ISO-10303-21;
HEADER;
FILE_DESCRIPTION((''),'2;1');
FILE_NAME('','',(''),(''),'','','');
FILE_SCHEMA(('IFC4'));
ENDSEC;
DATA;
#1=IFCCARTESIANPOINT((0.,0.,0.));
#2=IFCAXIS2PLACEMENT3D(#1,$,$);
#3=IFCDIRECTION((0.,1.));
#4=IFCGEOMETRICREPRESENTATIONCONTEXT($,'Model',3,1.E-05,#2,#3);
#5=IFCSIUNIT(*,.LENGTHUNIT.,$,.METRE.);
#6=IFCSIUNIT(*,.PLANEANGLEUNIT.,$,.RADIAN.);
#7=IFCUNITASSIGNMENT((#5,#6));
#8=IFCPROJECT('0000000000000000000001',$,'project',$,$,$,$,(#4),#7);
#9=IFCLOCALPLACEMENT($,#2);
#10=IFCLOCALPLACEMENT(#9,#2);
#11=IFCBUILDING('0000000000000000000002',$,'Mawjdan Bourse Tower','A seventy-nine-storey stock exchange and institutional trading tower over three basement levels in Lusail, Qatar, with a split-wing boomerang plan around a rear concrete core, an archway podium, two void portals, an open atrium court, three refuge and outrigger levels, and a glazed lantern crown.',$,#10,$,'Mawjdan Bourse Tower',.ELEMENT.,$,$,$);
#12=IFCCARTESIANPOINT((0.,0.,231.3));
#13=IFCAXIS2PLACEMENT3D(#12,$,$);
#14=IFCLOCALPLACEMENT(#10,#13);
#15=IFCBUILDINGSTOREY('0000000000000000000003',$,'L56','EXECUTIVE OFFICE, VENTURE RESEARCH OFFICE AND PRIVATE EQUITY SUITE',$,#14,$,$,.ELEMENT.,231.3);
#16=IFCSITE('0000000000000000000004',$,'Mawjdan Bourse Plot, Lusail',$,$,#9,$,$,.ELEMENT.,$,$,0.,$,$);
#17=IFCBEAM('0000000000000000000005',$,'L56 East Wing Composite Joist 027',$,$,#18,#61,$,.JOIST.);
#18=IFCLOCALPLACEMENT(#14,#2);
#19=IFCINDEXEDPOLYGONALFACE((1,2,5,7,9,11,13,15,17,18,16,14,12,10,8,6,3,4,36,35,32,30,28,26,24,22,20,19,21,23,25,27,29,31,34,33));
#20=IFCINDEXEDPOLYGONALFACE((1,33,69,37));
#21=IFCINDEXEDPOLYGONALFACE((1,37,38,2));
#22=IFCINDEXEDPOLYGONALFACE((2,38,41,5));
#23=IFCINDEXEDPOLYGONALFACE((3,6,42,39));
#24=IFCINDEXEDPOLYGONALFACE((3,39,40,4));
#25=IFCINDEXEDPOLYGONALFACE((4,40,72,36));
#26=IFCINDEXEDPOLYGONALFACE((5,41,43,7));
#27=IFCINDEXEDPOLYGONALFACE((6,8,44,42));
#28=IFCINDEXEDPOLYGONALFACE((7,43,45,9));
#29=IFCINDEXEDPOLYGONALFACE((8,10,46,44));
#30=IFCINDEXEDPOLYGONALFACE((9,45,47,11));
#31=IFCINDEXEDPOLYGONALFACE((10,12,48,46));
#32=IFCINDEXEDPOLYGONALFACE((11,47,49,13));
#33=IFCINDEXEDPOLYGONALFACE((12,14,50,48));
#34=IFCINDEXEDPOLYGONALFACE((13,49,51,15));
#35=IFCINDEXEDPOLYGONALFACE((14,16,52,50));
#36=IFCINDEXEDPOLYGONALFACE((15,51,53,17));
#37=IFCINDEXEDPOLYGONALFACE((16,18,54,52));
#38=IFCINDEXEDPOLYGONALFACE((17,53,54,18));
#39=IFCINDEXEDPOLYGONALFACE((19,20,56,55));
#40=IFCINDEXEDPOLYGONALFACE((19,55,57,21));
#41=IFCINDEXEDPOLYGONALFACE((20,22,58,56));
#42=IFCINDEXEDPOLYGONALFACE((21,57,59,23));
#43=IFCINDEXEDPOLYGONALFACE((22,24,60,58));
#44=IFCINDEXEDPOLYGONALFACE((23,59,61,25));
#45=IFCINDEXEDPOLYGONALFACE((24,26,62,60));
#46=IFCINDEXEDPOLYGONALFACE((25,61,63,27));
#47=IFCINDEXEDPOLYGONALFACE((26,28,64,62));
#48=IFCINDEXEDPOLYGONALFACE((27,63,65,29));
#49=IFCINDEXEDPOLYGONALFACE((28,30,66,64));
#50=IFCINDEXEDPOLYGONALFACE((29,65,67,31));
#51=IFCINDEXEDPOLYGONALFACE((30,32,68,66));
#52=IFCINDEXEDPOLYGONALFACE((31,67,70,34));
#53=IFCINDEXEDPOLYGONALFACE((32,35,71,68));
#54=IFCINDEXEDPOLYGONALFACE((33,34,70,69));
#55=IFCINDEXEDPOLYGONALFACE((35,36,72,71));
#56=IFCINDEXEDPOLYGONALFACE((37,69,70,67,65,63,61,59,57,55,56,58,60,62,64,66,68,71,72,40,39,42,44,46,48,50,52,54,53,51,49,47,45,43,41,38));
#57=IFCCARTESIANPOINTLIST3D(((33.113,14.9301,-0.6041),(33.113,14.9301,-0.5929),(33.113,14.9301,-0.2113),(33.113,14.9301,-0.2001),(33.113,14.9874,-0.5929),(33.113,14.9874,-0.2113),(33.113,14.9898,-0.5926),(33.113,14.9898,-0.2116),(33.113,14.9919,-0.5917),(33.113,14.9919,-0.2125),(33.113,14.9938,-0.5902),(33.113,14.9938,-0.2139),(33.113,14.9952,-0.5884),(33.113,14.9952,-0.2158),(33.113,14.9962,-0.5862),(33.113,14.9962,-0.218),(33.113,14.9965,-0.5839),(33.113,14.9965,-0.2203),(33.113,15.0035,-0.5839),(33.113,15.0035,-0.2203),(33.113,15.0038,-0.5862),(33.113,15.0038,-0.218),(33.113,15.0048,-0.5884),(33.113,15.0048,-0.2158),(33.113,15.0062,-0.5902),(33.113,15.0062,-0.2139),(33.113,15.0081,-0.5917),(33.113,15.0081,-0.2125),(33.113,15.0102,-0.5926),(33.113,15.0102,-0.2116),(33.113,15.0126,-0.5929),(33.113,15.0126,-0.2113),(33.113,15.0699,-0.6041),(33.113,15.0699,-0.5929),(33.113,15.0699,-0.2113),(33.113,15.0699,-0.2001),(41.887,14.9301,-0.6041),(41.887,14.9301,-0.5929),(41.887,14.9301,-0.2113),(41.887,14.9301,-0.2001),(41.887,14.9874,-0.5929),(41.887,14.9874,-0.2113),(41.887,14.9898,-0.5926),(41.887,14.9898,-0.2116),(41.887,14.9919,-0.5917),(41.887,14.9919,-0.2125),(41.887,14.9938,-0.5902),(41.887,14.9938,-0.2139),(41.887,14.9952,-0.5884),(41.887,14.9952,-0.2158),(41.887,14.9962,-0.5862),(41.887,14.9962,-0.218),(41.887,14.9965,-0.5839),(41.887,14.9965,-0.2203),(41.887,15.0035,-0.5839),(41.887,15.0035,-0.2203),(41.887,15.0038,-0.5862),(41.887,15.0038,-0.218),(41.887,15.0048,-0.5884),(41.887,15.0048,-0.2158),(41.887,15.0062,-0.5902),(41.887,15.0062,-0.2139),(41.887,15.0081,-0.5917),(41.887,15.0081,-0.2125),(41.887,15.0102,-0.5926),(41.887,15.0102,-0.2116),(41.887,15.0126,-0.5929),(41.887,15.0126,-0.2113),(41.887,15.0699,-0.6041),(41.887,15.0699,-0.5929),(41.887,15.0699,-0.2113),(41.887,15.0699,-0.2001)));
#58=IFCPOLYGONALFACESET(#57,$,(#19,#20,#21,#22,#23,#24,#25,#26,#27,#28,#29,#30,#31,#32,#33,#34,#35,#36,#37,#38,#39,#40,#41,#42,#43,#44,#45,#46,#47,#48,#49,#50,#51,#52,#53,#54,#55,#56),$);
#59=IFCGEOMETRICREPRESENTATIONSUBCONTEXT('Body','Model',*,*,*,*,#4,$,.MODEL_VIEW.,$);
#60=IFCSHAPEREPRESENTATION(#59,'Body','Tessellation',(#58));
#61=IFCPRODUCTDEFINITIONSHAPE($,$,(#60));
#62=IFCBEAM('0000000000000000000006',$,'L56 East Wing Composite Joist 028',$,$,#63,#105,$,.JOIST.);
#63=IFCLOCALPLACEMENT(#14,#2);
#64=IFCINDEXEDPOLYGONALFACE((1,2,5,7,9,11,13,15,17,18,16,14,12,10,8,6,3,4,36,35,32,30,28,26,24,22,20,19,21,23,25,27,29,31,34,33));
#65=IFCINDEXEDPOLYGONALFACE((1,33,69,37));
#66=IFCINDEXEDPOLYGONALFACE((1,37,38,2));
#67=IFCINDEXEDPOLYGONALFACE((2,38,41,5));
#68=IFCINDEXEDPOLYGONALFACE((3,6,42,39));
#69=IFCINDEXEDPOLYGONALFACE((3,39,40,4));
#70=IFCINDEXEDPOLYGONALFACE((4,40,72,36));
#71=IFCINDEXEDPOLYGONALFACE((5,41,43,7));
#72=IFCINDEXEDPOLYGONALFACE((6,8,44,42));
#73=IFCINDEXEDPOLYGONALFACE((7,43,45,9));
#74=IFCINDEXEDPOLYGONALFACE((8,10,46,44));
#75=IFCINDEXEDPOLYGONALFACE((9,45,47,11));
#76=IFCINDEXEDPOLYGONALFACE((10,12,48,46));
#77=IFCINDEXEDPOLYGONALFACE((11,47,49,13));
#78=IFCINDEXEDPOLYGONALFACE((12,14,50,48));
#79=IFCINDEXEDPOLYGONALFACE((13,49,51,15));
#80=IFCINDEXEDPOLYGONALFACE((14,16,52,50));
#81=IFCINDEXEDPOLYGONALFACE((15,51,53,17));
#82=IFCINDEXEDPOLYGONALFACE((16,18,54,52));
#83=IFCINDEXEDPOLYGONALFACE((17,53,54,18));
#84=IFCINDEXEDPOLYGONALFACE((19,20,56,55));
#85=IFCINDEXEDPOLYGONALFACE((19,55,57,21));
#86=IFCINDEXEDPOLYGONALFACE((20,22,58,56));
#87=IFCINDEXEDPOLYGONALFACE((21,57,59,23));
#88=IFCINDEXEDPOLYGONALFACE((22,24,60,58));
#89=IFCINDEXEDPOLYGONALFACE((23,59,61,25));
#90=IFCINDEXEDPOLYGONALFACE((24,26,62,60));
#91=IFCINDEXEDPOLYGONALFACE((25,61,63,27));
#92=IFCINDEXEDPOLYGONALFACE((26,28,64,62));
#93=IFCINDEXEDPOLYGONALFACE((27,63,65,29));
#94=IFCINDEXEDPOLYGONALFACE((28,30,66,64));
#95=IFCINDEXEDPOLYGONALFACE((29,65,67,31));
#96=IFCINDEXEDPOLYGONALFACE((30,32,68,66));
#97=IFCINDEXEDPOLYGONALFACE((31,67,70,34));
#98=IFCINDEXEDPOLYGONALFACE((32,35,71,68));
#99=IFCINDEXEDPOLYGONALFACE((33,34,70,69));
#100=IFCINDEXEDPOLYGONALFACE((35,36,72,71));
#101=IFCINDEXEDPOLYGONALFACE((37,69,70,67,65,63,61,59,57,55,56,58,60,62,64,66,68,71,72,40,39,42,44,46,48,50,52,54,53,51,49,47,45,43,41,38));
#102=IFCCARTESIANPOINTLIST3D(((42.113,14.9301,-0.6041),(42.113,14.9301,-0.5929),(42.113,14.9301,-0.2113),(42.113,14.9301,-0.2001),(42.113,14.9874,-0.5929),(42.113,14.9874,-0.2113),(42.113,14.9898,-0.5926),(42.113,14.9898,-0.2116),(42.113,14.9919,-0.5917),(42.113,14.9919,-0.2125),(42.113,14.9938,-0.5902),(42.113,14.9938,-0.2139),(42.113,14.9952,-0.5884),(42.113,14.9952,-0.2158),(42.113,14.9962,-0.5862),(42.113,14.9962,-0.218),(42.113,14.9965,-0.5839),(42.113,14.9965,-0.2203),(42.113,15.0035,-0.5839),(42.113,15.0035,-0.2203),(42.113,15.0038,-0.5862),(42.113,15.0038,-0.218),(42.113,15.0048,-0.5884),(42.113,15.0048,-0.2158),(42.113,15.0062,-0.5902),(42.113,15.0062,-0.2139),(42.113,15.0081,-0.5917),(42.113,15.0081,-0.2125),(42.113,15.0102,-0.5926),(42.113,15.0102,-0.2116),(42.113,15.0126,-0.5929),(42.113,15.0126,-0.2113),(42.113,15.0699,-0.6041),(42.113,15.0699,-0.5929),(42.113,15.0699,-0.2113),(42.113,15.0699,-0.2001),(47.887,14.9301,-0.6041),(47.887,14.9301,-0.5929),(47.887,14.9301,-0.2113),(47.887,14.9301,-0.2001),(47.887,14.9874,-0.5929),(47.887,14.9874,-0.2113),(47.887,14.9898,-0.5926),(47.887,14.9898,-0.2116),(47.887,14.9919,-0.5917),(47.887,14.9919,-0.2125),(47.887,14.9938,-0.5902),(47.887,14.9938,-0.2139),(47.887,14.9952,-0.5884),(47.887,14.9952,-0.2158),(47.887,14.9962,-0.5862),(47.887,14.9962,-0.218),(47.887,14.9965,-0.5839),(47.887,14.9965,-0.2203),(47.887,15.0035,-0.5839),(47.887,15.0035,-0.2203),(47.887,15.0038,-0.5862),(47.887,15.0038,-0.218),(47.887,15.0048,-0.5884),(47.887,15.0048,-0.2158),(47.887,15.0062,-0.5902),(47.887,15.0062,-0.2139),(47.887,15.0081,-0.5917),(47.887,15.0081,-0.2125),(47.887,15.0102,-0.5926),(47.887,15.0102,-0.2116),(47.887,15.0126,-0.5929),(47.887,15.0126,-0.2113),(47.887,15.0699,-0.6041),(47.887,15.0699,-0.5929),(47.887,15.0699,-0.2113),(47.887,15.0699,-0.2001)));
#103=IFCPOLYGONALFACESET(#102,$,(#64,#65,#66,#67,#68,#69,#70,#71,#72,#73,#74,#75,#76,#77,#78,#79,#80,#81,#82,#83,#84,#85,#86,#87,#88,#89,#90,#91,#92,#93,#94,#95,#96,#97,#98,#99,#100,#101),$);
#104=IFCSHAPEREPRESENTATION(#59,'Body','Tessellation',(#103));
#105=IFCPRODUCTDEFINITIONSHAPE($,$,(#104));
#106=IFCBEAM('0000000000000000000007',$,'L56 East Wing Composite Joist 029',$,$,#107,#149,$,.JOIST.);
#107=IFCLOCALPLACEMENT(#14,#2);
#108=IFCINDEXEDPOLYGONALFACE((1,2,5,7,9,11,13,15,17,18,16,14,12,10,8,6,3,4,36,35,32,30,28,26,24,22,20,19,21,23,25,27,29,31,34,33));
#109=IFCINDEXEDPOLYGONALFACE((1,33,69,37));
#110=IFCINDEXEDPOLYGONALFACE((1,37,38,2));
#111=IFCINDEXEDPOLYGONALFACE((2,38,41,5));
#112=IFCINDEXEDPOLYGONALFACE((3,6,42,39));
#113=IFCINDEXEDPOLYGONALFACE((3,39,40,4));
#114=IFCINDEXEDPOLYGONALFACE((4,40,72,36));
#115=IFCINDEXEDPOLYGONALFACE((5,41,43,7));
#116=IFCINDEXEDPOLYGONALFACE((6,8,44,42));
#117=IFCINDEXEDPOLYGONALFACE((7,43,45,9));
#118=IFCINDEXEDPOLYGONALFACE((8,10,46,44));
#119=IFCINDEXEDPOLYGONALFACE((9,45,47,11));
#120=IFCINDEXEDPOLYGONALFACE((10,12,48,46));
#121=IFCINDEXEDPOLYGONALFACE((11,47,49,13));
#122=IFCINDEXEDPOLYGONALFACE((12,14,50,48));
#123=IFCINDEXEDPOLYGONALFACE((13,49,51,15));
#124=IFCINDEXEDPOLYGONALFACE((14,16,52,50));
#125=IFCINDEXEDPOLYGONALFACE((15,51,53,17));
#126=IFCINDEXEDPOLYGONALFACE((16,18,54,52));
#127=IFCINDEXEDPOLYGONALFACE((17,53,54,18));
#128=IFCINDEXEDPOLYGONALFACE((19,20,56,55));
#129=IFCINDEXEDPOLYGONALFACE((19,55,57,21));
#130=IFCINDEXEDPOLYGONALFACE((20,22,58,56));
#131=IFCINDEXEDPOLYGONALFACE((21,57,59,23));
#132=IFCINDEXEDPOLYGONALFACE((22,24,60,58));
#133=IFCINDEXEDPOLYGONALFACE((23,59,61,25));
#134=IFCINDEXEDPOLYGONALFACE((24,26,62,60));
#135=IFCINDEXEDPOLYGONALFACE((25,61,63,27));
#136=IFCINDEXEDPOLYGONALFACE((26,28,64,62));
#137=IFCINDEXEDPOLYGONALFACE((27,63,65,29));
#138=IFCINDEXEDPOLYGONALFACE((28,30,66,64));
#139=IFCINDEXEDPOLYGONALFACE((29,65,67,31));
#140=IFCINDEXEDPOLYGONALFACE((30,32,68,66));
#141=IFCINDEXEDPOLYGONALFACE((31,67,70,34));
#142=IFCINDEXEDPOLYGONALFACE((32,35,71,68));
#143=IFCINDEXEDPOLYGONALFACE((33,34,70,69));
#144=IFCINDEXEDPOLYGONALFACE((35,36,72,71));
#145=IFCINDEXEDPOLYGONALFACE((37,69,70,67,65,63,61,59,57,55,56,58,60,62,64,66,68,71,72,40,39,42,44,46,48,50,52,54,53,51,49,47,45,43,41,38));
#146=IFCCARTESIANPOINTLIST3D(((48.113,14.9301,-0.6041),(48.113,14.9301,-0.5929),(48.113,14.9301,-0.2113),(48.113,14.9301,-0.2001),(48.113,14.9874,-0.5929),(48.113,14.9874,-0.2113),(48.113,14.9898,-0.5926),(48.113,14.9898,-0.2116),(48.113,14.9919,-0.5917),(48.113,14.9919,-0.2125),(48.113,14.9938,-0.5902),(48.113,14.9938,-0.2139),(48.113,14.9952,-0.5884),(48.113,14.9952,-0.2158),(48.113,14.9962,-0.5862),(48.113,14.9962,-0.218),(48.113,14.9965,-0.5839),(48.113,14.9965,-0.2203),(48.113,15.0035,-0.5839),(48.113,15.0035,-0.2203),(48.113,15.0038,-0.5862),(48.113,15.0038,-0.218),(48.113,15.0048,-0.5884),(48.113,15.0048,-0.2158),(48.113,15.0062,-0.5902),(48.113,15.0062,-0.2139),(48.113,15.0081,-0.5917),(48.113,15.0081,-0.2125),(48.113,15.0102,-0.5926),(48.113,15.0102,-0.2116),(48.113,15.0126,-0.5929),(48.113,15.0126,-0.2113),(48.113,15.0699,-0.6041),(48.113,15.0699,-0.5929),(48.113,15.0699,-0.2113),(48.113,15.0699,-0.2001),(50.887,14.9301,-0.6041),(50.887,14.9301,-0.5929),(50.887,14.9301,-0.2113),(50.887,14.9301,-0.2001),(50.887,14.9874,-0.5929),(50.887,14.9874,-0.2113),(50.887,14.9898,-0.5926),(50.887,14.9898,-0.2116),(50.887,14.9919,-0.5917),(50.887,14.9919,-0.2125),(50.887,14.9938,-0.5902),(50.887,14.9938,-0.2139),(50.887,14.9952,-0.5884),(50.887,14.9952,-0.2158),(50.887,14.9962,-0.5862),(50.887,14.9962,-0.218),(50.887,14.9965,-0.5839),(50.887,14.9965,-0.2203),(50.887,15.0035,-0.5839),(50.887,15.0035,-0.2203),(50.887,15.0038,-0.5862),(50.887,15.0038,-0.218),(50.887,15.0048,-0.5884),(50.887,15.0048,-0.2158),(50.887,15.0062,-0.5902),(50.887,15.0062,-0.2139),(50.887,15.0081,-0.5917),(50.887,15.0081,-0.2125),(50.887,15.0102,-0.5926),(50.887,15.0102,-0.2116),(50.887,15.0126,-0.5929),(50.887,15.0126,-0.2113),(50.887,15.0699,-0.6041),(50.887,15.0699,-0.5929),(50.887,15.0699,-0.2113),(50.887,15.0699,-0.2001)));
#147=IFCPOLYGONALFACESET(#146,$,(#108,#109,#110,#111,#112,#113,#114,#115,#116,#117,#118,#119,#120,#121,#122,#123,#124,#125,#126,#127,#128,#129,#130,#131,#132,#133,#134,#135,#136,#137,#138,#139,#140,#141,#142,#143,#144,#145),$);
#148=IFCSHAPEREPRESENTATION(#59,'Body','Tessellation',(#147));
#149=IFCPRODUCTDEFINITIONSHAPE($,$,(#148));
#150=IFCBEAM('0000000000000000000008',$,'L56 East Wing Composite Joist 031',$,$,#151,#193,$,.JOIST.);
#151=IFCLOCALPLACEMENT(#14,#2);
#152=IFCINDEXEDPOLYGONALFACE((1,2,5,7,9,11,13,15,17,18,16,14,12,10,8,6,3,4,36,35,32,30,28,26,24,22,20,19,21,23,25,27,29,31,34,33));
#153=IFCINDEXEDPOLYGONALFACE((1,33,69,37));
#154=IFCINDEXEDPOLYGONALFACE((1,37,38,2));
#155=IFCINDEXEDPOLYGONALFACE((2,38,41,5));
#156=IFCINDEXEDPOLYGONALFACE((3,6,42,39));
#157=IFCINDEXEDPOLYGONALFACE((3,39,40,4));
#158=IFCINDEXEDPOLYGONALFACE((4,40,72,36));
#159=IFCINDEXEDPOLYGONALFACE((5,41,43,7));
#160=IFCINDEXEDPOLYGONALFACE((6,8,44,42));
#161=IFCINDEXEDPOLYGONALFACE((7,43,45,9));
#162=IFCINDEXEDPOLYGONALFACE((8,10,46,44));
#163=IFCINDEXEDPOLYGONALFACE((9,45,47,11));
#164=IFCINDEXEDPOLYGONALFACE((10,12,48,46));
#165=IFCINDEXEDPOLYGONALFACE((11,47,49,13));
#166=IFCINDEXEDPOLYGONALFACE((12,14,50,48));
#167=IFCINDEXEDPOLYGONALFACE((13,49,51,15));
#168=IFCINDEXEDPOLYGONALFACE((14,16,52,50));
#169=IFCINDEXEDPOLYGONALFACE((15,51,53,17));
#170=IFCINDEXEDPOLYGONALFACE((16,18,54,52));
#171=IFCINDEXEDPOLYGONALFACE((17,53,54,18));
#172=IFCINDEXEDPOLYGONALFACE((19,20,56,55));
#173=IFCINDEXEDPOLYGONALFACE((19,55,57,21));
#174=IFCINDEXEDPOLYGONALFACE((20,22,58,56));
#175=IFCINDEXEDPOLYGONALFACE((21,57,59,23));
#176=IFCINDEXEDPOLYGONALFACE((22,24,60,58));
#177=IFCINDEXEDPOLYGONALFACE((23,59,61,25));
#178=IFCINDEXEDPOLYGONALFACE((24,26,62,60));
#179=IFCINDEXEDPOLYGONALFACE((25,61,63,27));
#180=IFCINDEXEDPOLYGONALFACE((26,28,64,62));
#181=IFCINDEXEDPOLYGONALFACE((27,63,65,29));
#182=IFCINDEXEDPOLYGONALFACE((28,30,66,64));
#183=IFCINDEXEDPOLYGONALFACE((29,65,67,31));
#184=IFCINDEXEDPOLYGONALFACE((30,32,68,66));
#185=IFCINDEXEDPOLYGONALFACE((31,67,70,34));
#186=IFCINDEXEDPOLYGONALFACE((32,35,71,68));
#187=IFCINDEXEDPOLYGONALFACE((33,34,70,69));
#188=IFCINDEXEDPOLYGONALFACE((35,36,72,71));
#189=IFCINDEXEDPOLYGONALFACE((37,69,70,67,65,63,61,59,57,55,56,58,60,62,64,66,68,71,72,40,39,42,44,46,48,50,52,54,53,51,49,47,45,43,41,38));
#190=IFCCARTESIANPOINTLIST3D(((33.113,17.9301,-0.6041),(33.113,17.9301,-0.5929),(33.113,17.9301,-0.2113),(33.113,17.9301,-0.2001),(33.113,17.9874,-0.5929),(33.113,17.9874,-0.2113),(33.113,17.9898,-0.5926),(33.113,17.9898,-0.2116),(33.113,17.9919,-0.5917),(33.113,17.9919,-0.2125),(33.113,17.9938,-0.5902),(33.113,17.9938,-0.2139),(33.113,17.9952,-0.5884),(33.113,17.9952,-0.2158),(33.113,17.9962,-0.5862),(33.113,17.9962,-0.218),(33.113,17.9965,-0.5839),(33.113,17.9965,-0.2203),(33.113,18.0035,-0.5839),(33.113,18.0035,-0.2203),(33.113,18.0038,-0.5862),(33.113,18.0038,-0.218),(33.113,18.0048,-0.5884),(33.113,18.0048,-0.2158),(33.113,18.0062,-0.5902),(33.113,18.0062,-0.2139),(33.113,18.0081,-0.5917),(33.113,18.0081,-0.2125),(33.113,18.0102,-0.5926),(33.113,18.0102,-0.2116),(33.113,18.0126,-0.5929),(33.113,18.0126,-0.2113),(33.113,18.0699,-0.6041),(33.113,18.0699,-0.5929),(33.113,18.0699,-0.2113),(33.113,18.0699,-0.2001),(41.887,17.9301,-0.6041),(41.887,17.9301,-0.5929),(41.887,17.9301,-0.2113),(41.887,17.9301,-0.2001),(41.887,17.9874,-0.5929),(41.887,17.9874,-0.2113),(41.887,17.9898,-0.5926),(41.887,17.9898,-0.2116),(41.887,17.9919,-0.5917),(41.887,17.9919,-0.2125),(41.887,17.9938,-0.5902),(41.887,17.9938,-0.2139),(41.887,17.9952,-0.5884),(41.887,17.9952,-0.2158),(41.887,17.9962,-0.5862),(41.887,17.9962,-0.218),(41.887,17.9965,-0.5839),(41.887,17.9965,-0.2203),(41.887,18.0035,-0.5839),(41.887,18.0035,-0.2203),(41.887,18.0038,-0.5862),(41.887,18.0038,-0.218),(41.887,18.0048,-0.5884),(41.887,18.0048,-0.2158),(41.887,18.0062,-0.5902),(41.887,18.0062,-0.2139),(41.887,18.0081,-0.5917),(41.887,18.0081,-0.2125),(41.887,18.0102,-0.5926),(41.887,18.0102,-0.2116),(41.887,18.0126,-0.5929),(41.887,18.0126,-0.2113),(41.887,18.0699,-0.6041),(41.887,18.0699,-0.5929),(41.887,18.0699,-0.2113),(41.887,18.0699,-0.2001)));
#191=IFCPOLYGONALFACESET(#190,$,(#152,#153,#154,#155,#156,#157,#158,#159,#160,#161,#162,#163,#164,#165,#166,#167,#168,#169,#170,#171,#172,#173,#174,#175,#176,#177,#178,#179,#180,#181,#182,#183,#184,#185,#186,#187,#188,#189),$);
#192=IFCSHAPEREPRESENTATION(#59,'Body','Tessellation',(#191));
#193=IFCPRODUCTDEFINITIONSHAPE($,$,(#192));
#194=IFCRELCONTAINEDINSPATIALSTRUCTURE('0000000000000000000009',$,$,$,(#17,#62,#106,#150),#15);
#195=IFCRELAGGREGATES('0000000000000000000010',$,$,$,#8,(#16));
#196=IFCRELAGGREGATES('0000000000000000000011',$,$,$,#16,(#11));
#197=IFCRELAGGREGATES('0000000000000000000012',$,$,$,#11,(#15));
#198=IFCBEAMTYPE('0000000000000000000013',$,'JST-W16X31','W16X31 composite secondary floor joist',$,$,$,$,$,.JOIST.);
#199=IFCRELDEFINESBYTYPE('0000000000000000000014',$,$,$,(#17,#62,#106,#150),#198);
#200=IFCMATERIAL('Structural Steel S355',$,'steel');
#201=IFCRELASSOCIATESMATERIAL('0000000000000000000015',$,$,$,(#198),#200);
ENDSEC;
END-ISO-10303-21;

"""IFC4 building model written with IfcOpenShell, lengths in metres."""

from ifc_helpers import new_model, si_unit, direction, frame, origin, origin_2d, place, context, subcontext, project, spatial, i_section, extrude, material, material_profile, profile_set, type_object, element, save


model = new_model("IFC4")

# Units and contexts
model_context = context("Model", 3, precision=1e-05, world=origin(), true_north=direction((0.0, 1.0)))
body_context = subcontext(model_context, "Body", "Model", "MODEL_VIEW")
ifc_project = project(units=[si_unit("LENGTHUNIT", "METRE"), si_unit("PLANEANGLEUNIT", "RADIAN")], contexts=[model_context])

# Site, building, storey
site_placement = place(None, origin())
site = spatial("IfcSite", under=ifc_project, at=site_placement, Name="Mawjdan Bourse Plot, Lusail", CompositionType="ELEMENT", RefElevation=0.0)
building_placement = place(site_placement, origin())
building = spatial("IfcBuilding", under=site, at=building_placement, Name="Mawjdan Bourse Tower", Description="A seventy-nine-storey stock exchange and institutional trading tower over three basement levels in Lusail, Qatar, with a split-wing boomerang plan around a rear concrete core, an archway podium, two void portals, an open atrium court, three refuge and outrigger levels, and a glazed lantern crown.", LongName="Mawjdan Bourse Tower", CompositionType="ELEMENT")
storey_placement = place(building_placement, frame((0.0, 0.0, 231.3)))
storey = spatial("IfcBuildingStorey", under=building, at=storey_placement, Name="L56", Description="EXECUTIVE OFFICE, VENTURE RESEARCH OFFICE AND PRIVATE EQUITY SUITE", CompositionType="ELEMENT", Elevation=231.3)

# Beams
ifc_material_1 = material(Name="Structural Steel S355", Category="steel")
ifc_material_profile_1 = material_profile(ifc_material_1, i_section(OverallWidth=0.1399, OverallDepth=0.4041, WebThickness=0.0071, FlangeThickness=0.0112, FilletRadius=0.009, at=origin_2d()), Name="W16X31")
ifc_profile_set_1 = profile_set([ifc_material_profile_1], Name="Structural Steel S355")
beam_type_1 = type_object("IfcBeamType", Name="JST-W16X31", Description="W16X31 composite secondary floor joist", PredefinedType="JOIST", material=ifc_profile_set_1)
beam_1_placement = place(storey_placement, frame((33.113, 15.0, -0.4021), z_axis=(1.0, 0.0, 0.0), x_axis=(0.0, 1.0, 0.0)))
element("IfcBeam", 1, at=beam_1_placement, inside=storey, type_object=beam_type_1, Name="L56 East Wing Composite Joist 027", PredefinedType="JOIST", context=body_context, shape_type="SweptSolid", body=[
    extrude(i_section(OverallWidth=0.1399, OverallDepth=0.4041, WebThickness=0.0071, FlangeThickness=0.0112, FilletRadius=0.009, at=origin_2d()), origin(), (0.0, 0.0, 1.0), 8.7739),
])
beam_2_placement = place(storey_placement, frame((42.113, 15.0, -0.4021), z_axis=(1.0, 0.0, 0.0), x_axis=(0.0, 1.0, 0.0)))
element("IfcBeam", 2, at=beam_2_placement, inside=storey, type_object=beam_type_1, Name="L56 East Wing Composite Joist 028", PredefinedType="JOIST", context=body_context, shape_type="SweptSolid", body=[
    extrude(i_section(OverallWidth=0.1399, OverallDepth=0.4041, WebThickness=0.0071, FlangeThickness=0.0112, FilletRadius=0.009, at=origin_2d()), origin(), (0.0, 0.0, 1.0), 5.7739),
])
beam_3_placement = place(storey_placement, frame((48.113, 15.0, -0.4021), z_axis=(1.0, 0.0, 0.0), x_axis=(0.0, 1.0, 0.0)))
element("IfcBeam", 3, at=beam_3_placement, inside=storey, type_object=beam_type_1, Name="L56 East Wing Composite Joist 029", PredefinedType="JOIST", context=body_context, shape_type="SweptSolid", body=[
    extrude(i_section(OverallWidth=0.1399, OverallDepth=0.4041, WebThickness=0.0071, FlangeThickness=0.0112, FilletRadius=0.009, at=origin_2d()), origin(), (0.0, 0.0, 1.0), 2.7739),
])
beam_4_placement = place(storey_placement, frame((33.113, 18.0, -0.4021), z_axis=(1.0, 0.0, 0.0), x_axis=(0.0, 1.0, 0.0)))
element("IfcBeam", 4, at=beam_4_placement, inside=storey, type_object=beam_type_1, Name="L56 East Wing Composite Joist 031", PredefinedType="JOIST", context=body_context, shape_type="SweptSolid", body=[
    extrude(i_section(OverallWidth=0.1399, OverallDepth=0.4041, WebThickness=0.0071, FlangeThickness=0.0112, FilletRadius=0.009, at=origin_2d()), origin(), (0.0, 0.0, 1.0), 8.7739),
])

save(model, "model.ifc")
